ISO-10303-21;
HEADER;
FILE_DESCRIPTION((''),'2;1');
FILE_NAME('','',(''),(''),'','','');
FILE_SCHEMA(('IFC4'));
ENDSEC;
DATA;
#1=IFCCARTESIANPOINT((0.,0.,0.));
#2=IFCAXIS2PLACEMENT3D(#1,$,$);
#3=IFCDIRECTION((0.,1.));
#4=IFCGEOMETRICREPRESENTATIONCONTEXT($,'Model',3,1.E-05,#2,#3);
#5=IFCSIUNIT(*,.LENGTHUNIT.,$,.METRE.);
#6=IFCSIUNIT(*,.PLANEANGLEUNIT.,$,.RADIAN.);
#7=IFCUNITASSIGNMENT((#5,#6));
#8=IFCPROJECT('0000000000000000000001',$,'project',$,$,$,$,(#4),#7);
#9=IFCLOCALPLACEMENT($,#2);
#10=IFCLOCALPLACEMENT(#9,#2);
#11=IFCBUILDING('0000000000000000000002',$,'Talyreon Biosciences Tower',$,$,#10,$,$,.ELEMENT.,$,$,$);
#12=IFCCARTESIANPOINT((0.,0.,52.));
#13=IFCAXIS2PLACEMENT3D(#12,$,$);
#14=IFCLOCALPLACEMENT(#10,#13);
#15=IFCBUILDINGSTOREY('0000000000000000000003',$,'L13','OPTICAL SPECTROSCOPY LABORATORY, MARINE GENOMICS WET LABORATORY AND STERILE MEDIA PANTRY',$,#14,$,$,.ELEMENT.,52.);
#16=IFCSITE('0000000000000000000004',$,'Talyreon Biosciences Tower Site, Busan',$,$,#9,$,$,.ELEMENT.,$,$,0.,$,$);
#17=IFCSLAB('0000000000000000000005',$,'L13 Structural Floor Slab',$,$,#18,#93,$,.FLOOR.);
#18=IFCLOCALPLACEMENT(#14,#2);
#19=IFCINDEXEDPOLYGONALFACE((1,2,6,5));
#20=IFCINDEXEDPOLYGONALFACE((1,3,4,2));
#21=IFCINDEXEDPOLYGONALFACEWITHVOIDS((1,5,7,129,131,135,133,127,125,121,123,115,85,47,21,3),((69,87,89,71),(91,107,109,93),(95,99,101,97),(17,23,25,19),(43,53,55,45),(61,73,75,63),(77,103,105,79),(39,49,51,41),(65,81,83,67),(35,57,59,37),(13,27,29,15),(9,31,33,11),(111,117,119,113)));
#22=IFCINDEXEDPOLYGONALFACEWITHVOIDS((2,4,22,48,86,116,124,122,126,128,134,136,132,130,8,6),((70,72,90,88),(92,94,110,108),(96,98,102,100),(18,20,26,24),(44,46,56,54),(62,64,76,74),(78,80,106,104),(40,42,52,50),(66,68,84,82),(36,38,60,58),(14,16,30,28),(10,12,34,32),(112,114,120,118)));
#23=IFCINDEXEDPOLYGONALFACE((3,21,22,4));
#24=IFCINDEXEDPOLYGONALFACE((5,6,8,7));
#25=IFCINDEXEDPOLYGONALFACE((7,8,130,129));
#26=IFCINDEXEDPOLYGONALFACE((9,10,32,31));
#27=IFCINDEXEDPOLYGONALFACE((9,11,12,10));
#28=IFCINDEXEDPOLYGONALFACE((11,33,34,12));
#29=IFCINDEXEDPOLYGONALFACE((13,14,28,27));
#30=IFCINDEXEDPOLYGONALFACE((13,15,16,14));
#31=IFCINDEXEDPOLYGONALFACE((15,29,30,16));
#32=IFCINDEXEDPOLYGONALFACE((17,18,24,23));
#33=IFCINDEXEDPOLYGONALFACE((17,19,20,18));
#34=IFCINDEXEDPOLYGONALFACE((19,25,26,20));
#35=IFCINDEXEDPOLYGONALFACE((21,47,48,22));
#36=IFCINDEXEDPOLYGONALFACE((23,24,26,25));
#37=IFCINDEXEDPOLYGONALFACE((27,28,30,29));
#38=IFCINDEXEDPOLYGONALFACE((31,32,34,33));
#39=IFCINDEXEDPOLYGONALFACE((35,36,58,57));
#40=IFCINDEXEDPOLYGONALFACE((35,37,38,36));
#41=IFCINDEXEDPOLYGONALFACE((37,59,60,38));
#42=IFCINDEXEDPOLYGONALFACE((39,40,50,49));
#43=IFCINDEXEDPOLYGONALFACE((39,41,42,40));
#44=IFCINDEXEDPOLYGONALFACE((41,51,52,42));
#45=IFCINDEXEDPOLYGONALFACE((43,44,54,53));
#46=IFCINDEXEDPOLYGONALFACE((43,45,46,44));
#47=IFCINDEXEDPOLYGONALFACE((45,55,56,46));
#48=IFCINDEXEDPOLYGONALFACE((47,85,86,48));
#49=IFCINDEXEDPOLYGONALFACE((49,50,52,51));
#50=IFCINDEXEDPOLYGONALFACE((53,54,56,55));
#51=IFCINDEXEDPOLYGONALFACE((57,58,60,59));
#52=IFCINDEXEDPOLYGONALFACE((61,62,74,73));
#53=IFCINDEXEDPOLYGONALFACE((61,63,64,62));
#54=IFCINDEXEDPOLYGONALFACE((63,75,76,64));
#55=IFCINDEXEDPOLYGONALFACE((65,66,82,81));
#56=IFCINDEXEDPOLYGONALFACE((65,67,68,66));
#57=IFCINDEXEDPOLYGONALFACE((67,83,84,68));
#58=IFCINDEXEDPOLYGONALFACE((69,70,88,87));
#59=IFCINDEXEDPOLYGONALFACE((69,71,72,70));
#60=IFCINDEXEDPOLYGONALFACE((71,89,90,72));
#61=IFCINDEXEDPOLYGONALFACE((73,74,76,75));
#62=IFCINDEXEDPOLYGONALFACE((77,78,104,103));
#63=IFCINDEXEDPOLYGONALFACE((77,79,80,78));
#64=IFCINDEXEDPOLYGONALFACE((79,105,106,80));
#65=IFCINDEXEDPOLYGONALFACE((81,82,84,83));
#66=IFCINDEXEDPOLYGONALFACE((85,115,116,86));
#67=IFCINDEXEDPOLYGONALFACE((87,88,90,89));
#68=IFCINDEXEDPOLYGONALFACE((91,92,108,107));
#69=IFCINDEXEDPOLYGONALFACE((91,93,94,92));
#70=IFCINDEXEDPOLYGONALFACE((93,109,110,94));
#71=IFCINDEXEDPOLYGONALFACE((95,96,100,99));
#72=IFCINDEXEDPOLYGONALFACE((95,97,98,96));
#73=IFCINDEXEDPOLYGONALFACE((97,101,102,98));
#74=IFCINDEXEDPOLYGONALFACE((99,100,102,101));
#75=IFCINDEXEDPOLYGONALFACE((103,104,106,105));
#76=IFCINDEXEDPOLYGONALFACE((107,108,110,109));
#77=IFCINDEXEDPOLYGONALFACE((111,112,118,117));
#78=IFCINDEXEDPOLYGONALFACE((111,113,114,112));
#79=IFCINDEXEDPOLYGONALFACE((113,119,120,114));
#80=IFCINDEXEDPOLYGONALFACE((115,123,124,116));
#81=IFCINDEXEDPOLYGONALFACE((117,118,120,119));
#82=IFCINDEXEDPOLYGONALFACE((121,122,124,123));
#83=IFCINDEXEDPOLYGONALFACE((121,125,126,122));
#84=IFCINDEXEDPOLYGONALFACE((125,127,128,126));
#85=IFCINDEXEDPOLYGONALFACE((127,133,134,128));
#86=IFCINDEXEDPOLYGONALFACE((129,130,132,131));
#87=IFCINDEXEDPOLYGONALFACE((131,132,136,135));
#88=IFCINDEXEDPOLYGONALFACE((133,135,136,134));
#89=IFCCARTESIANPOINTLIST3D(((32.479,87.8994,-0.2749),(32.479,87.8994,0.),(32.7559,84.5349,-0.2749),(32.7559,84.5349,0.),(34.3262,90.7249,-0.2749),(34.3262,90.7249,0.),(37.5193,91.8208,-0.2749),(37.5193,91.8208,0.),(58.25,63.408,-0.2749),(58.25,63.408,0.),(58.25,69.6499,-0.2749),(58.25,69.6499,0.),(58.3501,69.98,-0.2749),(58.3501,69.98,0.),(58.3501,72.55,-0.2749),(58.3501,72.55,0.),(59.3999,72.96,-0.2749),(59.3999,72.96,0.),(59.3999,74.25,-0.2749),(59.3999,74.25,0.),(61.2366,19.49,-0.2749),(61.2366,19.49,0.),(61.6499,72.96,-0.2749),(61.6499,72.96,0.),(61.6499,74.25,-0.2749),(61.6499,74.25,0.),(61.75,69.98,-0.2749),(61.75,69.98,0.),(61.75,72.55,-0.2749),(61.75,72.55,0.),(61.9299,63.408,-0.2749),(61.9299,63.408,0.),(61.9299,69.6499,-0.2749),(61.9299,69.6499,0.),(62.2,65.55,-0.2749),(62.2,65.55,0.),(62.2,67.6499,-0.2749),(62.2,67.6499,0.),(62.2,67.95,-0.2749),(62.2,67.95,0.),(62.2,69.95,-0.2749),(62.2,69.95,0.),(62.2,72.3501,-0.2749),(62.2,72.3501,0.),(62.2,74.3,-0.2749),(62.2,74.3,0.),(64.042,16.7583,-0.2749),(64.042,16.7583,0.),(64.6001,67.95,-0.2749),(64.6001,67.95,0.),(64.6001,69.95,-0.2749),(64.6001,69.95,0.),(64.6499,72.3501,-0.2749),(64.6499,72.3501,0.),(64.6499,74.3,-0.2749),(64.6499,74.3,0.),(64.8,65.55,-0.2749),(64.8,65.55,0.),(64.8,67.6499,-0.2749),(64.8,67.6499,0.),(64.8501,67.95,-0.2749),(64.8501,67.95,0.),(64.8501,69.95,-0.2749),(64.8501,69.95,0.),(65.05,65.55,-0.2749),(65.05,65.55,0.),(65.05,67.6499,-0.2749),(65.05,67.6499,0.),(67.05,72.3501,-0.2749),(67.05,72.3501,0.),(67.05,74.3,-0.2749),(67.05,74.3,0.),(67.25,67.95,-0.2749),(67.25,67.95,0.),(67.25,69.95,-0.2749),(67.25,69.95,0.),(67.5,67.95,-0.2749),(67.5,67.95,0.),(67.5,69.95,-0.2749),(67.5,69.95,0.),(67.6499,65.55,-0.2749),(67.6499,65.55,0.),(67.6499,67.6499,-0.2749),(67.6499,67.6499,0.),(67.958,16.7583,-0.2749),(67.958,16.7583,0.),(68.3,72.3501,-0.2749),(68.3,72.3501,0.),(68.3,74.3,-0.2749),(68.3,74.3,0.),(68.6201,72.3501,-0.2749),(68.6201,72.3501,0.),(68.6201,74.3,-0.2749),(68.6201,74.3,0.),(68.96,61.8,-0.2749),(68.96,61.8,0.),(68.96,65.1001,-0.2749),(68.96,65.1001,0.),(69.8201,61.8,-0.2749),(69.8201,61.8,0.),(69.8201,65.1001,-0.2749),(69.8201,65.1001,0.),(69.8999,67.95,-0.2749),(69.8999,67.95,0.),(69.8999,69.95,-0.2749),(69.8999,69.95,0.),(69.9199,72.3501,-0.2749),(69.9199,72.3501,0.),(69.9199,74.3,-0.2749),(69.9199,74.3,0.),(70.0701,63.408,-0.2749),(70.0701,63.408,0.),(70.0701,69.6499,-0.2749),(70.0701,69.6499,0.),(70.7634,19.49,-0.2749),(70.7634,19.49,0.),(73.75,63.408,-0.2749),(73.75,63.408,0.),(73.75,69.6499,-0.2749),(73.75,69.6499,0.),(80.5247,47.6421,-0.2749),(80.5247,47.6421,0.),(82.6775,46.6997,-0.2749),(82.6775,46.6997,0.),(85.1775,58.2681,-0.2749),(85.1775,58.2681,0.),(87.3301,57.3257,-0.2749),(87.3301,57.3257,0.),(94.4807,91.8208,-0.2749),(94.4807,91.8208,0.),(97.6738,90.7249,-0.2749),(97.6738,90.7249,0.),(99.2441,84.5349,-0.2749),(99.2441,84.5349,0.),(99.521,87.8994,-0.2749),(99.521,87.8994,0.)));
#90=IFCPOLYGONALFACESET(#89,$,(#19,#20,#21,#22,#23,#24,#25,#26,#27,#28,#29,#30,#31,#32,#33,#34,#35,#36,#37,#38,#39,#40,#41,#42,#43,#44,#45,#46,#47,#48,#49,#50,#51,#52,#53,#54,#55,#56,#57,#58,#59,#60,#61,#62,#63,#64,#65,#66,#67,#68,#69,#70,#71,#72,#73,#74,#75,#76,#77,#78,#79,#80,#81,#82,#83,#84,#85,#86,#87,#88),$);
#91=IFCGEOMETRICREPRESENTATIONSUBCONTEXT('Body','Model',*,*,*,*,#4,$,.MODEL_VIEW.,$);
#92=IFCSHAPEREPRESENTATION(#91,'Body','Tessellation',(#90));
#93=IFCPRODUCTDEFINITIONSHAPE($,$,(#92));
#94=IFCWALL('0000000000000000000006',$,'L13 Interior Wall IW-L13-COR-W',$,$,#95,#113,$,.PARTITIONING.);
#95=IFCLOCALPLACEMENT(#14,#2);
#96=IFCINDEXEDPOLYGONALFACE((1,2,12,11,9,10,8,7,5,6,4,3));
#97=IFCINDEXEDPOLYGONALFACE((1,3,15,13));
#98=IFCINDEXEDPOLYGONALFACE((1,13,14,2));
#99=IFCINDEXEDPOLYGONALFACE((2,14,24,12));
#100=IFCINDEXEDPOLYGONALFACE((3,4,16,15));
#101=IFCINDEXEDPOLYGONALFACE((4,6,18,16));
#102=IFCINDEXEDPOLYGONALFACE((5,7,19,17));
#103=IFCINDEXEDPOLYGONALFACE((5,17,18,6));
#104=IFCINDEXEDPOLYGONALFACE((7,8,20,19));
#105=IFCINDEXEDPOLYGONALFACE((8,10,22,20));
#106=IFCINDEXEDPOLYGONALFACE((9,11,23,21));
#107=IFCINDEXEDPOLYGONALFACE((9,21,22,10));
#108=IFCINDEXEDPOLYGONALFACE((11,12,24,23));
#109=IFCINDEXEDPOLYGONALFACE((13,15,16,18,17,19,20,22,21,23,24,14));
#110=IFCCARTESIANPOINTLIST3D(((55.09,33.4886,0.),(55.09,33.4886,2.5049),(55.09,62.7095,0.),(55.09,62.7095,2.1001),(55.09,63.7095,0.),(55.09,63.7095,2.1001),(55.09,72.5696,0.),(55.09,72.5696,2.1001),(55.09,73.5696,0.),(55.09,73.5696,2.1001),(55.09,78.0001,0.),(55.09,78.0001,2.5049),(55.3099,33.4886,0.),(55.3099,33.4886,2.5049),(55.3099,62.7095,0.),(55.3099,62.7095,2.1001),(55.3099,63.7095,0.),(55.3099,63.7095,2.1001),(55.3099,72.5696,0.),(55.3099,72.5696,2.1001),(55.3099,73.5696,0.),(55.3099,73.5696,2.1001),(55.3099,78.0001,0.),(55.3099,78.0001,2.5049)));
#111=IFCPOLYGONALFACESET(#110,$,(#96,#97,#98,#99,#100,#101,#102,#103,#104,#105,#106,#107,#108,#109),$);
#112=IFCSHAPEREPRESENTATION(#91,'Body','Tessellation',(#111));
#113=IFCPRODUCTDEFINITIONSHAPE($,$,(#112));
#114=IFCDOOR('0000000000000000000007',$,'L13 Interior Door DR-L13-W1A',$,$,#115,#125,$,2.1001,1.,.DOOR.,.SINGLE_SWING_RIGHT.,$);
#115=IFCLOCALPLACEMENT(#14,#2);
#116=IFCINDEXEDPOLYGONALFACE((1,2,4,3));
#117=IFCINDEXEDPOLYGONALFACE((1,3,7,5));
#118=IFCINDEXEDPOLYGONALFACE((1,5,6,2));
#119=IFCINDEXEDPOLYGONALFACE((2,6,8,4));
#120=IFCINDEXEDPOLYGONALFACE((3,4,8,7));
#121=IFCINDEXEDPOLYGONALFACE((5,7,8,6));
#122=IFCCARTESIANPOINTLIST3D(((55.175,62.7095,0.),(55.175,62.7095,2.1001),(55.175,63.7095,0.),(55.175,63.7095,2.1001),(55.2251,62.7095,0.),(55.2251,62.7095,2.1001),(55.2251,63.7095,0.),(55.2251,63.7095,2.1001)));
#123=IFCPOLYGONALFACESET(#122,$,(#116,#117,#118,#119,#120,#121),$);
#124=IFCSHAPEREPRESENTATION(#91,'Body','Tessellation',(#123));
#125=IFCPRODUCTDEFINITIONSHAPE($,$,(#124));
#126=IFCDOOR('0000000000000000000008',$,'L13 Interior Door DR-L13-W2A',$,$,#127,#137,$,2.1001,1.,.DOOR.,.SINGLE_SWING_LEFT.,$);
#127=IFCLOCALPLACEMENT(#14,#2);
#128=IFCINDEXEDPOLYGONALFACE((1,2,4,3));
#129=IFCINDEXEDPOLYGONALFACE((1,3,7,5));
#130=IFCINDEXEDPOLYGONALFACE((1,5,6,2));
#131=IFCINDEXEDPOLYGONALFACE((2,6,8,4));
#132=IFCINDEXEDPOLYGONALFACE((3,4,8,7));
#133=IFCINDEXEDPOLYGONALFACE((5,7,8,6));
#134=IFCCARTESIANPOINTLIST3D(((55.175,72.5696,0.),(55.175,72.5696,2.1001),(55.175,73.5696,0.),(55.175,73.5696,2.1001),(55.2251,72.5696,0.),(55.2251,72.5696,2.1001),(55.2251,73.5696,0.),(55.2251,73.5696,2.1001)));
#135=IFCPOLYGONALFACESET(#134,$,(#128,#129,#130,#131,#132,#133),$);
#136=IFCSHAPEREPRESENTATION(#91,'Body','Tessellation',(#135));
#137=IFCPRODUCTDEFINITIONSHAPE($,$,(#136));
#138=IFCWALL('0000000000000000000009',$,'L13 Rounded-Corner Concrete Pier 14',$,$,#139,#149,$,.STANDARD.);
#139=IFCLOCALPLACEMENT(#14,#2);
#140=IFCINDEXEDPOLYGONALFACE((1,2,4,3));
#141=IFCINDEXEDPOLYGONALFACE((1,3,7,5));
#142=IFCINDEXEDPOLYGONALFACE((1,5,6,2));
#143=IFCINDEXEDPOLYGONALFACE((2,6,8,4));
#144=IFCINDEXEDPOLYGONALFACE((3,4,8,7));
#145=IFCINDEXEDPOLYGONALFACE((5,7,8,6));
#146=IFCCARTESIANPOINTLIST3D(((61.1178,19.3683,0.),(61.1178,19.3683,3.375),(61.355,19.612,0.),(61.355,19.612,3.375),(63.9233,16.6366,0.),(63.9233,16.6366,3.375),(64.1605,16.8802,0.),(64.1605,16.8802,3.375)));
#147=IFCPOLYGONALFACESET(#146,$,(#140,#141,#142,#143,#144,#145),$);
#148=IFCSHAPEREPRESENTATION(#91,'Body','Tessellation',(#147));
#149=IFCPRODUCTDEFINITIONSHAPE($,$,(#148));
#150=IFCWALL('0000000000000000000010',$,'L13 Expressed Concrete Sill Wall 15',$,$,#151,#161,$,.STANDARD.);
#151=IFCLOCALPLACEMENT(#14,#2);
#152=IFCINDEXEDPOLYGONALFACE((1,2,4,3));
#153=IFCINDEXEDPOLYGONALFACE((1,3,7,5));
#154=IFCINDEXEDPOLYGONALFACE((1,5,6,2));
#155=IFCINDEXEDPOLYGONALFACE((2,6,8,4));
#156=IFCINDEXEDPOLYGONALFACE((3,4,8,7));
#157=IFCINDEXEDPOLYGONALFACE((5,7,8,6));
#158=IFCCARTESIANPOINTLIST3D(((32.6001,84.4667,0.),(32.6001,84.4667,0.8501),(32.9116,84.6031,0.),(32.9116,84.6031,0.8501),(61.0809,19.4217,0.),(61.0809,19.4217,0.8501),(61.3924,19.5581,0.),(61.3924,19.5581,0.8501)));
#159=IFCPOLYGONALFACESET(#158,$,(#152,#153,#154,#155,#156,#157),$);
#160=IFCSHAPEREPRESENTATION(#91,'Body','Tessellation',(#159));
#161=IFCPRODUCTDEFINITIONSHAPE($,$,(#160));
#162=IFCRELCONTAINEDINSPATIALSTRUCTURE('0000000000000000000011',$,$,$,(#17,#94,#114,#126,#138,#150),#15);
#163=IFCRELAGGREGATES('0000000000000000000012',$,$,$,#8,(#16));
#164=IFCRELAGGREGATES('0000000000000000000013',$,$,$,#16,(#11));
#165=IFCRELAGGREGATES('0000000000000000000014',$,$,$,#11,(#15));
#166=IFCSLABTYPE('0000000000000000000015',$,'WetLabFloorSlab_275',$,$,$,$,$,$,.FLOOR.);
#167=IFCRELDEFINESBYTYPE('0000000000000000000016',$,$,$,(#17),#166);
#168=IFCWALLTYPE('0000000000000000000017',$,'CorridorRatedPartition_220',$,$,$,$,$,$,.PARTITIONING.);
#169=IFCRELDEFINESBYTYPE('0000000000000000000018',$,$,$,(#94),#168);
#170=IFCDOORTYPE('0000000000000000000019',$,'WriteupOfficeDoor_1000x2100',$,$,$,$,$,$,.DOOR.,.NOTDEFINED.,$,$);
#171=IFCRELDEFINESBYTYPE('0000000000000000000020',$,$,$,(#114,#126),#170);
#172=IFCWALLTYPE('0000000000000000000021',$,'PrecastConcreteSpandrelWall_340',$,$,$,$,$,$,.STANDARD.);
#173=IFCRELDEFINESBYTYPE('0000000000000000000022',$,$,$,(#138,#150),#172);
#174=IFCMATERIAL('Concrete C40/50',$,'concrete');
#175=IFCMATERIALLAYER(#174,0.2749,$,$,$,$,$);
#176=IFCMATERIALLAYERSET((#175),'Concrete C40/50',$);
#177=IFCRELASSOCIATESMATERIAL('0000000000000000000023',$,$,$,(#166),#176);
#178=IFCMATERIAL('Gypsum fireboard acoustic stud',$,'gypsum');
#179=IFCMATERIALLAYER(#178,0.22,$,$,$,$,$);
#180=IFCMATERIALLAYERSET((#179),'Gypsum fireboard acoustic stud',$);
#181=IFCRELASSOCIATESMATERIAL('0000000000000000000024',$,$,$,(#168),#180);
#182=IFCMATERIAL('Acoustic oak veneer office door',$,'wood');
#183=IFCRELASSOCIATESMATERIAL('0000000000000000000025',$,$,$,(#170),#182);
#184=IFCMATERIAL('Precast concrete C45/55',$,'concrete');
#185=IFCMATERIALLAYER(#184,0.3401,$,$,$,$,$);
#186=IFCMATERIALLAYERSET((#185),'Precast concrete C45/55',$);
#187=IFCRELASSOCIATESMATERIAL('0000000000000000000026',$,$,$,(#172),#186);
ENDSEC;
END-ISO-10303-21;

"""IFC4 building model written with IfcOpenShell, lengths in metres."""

from ifc_helpers import new_model, si_unit, direction, frame, frame_2d, origin, place, context, subcontext, project, spatial, polyline, rectangle, outline, extrude, material, layer, layer_set, type_object, element, fill, save


model = new_model("IFC4")

# Units and contexts
model_context = context("Model", 3, precision=1e-05, world=origin(), true_north=direction((0.0, 1.0)))
body_context = subcontext(model_context, "Body", "Model", "MODEL_VIEW")
ifc_project = project(units=[si_unit("LENGTHUNIT", "METRE"), si_unit("PLANEANGLEUNIT", "RADIAN")], contexts=[model_context])

# Site, building, storey
site_placement = place(None, origin())
site = spatial("IfcSite", under=ifc_project, at=site_placement, Name="Talyreon Biosciences Tower Site, Busan", CompositionType="ELEMENT", RefElevation=0.0)
building_placement = place(site_placement, origin())
building = spatial("IfcBuilding", under=site, at=building_placement, Name="Talyreon Biosciences Tower", CompositionType="ELEMENT")
storey_placement = place(building_placement, frame((0.0, 0.0, 52.0)))
storey = spatial("IfcBuildingStorey", under=building, at=storey_placement, Name="L13", Description="OPTICAL SPECTROSCOPY LABORATORY, MARINE GENOMICS WET LABORATORY AND STERILE MEDIA PANTRY", CompositionType="ELEMENT", Elevation=52.0)

# Shared definitions
ifc_material_1 = material(Name="Precast concrete C45/55", Category="concrete")

# Shared definitions
ifc_material_2 = material(Name="Concrete C40/50", Category="concrete")

# Slab
ifc_layer_1 = layer(ifc_material_2, 0.2749)
ifc_layer_set_1 = layer_set([ifc_layer_1], Name="Concrete C40/50")
slab_type_1 = type_object("IfcSlabType", Name="WetLabFloorSlab_275", PredefinedType="FLOOR", material=ifc_layer_set_1)
slab_1_placement = place(storey_placement, frame((0.0, 0.0, -0.2749)))
element("IfcSlab", 1, at=slab_1_placement, inside=storey, type_object=slab_type_1, Name="L13 Structural Floor Slab", PredefinedType="FLOOR", context=body_context, shape_type="SweptSolid", body=[
    extrude(outline(polyline([(32.7559, 84.5349), (32.479, 87.8994), (34.3262, 90.7249), (37.5193, 91.8208), (94.4807, 91.8208), (97.6738, 90.7249), (99.521, 87.8994), (99.2441, 84.5349), (87.3301, 57.3257), (85.1775, 58.2681), (80.5247, 47.6421), (82.6775, 46.6997), (70.7634, 19.49), (67.958, 16.7583), (64.042, 16.7583), (61.2366, 19.49), (32.7559, 84.5349)]), holes=[polyline([(61.9299, 69.6499), (61.9299, 63.408), (58.25, 63.408), (58.25, 69.6499), (61.9299, 69.6499)]), polyline([(64.8, 65.55), (62.2, 65.55), (62.2, 67.6499), (64.8, 67.6499), (64.8, 65.55)]), polyline([(64.6001, 67.95), (62.2, 67.95), (62.2, 69.95), (64.6001, 69.95), (64.6001, 67.95)]), polyline([(67.25, 69.95), (67.25, 67.95), (64.8501, 67.95), (64.8501, 69.95), (67.25, 69.95)]), polyline([(61.75, 69.98), (58.3501, 69.98), (58.3501, 72.55), (61.75, 72.55), (61.75, 69.98)]), polyline([(64.6499, 72.3501), (62.2, 72.3501), (62.2, 74.3), (64.6499, 74.3), (64.6499, 72.3501)]), polyline([(61.6499, 74.25), (61.6499, 72.96), (59.3999, 72.96), (59.3999, 74.25), (61.6499, 74.25)]), polyline([(69.8201, 61.8), (68.96, 61.8), (68.96, 65.1001), (69.8201, 65.1001), (69.8201, 61.8)]), polyline([(73.75, 63.408), (70.0701, 63.408), (70.0701, 69.6499), (73.75, 69.6499), (73.75, 63.408)]), polyline([(67.6499, 65.55), (65.05, 65.55), (65.05, 67.6499), (67.6499, 67.6499), (67.6499, 65.55)]), polyline([(69.8999, 67.95), (67.5, 67.95), (67.5, 69.95), (69.8999, 69.95), (69.8999, 67.95)]), polyline([(68.3, 72.3501), (67.05, 72.3501), (67.05, 74.3), (68.3, 74.3), (68.3, 72.3501)]), polyline([(69.9199, 72.3501), (68.6201, 72.3501), (68.6201, 74.3), (69.9199, 74.3), (69.9199, 72.3501)])]), origin(), (0.0, 0.0, 1.0), 0.2749),
])

# Wall, openings, doors
ifc_material_3 = material(Name="Gypsum fireboard acoustic stud", Category="gypsum")
ifc_layer_2 = layer(ifc_material_3, 0.22)
ifc_layer_set_2 = layer_set([ifc_layer_2], Name="Gypsum fireboard acoustic stud")
wall_type_1 = type_object("IfcWallType", Name="CorridorRatedPartition_220", PredefinedType="PARTITIONING", material=ifc_layer_set_2)
wall_1_placement = place(storey_placement, frame((55.2, 33.4885, 0.0), z_axis=(0.0, 0.0, 1.0), x_axis=(0.0, 1.0, 0.0)))
wall_1 = element("IfcWall", 2, at=wall_1_placement, inside=storey, type_object=wall_type_1, Name="L13 Interior Wall IW-L13-COR-W", PredefinedType="PARTITIONING", context=body_context, shape_type="SweptSolid", body=[
    extrude(rectangle(XDim=44.5115, YDim=0.22, at=frame_2d((22.2559, 0.0))), origin(), (0.0, 0.0, 1.0), 2.5049),
])
opening_1_placement = place(wall_1_placement, frame((29.2209, 0.0, 0.0)))
opening_1 = element("IfcOpeningElement", 3, at=opening_1_placement, cuts=wall_1, PredefinedType="OPENING", context=body_context, shape_type="SweptSolid", body=[
    extrude(rectangle(XDim=1.0, YDim=2.1001, at=frame_2d((0.5, 1.05))), frame((0.0, 0.1199, 0.0), z_axis=(0.0, -1.0, 0.0), x_axis=(1.0, 0.0, 0.0)), (0.0, 0.0, 1.0), 0.24),
])
opening_2_placement = place(wall_1_placement, frame((39.0811, 0.0, 0.0)))
opening_2 = element("IfcOpeningElement", 4, at=opening_2_placement, cuts=wall_1, PredefinedType="OPENING", context=body_context, shape_type="SweptSolid", body=[
    extrude(rectangle(XDim=1.0, YDim=2.1001, at=frame_2d((0.5, 1.05))), frame((0.0, 0.1199, 0.0), z_axis=(0.0, -1.0, 0.0), x_axis=(1.0, 0.0, 0.0)), (0.0, 0.0, 1.0), 0.24),
])
ifc_material_4 = material(Name="Acoustic oak veneer office door", Category="wood")
door_type = type_object("IfcDoorType", Name="WriteupOfficeDoor_1000x2100", OperationType="NOTDEFINED", PredefinedType="DOOR", material=ifc_material_4)
door_1_placement = place(opening_1_placement, origin())
door_1 = element("IfcDoor", 5, at=door_1_placement, inside=storey, type_object=door_type, Name="L13 Interior Door DR-L13-W1A", OperationType="SINGLE_SWING_RIGHT", OverallHeight=2.1001, OverallWidth=1.0, PredefinedType="DOOR", context=body_context, shape_type="SweptSolid", body=[
    extrude(rectangle(XDim=1.0, YDim=2.1001, at=frame_2d((0.5, 1.05))), frame((0.0, 0.0249, 0.0), z_axis=(0.0, -1.0, 0.0), x_axis=(1.0, 0.0, 0.0)), (0.0, 0.0, 1.0), 0.05),
])
fill(opening_1, door_1)
door_2_placement = place(opening_2_placement, origin())
door_2 = element("IfcDoor", 6, at=door_2_placement, inside=storey, type_object=door_type, Name="L13 Interior Door DR-L13-W2A", OperationType="SINGLE_SWING_LEFT", OverallHeight=2.1001, OverallWidth=1.0, PredefinedType="DOOR", context=body_context, shape_type="SweptSolid", body=[
    extrude(rectangle(XDim=1.0, YDim=2.1001, at=frame_2d((0.5, 1.05))), frame((0.0, 0.0249, 0.0), z_axis=(0.0, -1.0, 0.0), x_axis=(1.0, 0.0, 0.0)), (0.0, 0.0, 1.0), 0.05),
])
fill(opening_2, door_2)

# Walls
ifc_layer_3 = layer(ifc_material_1, 0.3401)
ifc_layer_set_3 = layer_set([ifc_layer_3], Name="Precast concrete C45/55")
wall_type_2 = type_object("IfcWallType", Name="PrecastConcreteSpandrelWall_340", PredefinedType="STANDARD", material=ifc_layer_set_3)
wall_2_placement = place(storey_placement, frame((64.042, 16.7583, 0.0), z_axis=(0.0, 0.0, 1.0), x_axis=(-0.716459, 0.697629, 0.0)))
element("IfcWall", 7, at=wall_2_placement, inside=storey, type_object=wall_type_2, Name="L13 Rounded-Corner Concrete Pier 14", PredefinedType="STANDARD", context=body_context, shape_type="SweptSolid", body=[
    extrude(rectangle(XDim=3.9158, YDim=0.3401, at=frame_2d((1.958, 0.0))), origin(), (0.0, 0.0, 1.0), 3.375),
])
wall_3_placement = place(storey_placement, frame((61.2366, 19.49, 0.0), z_axis=(0.0, 0.0, 1.0), x_axis=(-0.401097, 0.916035, 0.0)))
element("IfcWall", 8, at=wall_3_placement, inside=storey, type_object=wall_type_2, Name="L13 Expressed Concrete Sill Wall 15", PredefinedType="STANDARD", context=body_context, shape_type="SweptSolid", body=[
    extrude(rectangle(XDim=71.0071, YDim=0.3401, at=frame_2d((35.5034, 0.0))), origin(), (0.0, 0.0, 1.0), 0.8501),
])

save(model, "model.ifc")
